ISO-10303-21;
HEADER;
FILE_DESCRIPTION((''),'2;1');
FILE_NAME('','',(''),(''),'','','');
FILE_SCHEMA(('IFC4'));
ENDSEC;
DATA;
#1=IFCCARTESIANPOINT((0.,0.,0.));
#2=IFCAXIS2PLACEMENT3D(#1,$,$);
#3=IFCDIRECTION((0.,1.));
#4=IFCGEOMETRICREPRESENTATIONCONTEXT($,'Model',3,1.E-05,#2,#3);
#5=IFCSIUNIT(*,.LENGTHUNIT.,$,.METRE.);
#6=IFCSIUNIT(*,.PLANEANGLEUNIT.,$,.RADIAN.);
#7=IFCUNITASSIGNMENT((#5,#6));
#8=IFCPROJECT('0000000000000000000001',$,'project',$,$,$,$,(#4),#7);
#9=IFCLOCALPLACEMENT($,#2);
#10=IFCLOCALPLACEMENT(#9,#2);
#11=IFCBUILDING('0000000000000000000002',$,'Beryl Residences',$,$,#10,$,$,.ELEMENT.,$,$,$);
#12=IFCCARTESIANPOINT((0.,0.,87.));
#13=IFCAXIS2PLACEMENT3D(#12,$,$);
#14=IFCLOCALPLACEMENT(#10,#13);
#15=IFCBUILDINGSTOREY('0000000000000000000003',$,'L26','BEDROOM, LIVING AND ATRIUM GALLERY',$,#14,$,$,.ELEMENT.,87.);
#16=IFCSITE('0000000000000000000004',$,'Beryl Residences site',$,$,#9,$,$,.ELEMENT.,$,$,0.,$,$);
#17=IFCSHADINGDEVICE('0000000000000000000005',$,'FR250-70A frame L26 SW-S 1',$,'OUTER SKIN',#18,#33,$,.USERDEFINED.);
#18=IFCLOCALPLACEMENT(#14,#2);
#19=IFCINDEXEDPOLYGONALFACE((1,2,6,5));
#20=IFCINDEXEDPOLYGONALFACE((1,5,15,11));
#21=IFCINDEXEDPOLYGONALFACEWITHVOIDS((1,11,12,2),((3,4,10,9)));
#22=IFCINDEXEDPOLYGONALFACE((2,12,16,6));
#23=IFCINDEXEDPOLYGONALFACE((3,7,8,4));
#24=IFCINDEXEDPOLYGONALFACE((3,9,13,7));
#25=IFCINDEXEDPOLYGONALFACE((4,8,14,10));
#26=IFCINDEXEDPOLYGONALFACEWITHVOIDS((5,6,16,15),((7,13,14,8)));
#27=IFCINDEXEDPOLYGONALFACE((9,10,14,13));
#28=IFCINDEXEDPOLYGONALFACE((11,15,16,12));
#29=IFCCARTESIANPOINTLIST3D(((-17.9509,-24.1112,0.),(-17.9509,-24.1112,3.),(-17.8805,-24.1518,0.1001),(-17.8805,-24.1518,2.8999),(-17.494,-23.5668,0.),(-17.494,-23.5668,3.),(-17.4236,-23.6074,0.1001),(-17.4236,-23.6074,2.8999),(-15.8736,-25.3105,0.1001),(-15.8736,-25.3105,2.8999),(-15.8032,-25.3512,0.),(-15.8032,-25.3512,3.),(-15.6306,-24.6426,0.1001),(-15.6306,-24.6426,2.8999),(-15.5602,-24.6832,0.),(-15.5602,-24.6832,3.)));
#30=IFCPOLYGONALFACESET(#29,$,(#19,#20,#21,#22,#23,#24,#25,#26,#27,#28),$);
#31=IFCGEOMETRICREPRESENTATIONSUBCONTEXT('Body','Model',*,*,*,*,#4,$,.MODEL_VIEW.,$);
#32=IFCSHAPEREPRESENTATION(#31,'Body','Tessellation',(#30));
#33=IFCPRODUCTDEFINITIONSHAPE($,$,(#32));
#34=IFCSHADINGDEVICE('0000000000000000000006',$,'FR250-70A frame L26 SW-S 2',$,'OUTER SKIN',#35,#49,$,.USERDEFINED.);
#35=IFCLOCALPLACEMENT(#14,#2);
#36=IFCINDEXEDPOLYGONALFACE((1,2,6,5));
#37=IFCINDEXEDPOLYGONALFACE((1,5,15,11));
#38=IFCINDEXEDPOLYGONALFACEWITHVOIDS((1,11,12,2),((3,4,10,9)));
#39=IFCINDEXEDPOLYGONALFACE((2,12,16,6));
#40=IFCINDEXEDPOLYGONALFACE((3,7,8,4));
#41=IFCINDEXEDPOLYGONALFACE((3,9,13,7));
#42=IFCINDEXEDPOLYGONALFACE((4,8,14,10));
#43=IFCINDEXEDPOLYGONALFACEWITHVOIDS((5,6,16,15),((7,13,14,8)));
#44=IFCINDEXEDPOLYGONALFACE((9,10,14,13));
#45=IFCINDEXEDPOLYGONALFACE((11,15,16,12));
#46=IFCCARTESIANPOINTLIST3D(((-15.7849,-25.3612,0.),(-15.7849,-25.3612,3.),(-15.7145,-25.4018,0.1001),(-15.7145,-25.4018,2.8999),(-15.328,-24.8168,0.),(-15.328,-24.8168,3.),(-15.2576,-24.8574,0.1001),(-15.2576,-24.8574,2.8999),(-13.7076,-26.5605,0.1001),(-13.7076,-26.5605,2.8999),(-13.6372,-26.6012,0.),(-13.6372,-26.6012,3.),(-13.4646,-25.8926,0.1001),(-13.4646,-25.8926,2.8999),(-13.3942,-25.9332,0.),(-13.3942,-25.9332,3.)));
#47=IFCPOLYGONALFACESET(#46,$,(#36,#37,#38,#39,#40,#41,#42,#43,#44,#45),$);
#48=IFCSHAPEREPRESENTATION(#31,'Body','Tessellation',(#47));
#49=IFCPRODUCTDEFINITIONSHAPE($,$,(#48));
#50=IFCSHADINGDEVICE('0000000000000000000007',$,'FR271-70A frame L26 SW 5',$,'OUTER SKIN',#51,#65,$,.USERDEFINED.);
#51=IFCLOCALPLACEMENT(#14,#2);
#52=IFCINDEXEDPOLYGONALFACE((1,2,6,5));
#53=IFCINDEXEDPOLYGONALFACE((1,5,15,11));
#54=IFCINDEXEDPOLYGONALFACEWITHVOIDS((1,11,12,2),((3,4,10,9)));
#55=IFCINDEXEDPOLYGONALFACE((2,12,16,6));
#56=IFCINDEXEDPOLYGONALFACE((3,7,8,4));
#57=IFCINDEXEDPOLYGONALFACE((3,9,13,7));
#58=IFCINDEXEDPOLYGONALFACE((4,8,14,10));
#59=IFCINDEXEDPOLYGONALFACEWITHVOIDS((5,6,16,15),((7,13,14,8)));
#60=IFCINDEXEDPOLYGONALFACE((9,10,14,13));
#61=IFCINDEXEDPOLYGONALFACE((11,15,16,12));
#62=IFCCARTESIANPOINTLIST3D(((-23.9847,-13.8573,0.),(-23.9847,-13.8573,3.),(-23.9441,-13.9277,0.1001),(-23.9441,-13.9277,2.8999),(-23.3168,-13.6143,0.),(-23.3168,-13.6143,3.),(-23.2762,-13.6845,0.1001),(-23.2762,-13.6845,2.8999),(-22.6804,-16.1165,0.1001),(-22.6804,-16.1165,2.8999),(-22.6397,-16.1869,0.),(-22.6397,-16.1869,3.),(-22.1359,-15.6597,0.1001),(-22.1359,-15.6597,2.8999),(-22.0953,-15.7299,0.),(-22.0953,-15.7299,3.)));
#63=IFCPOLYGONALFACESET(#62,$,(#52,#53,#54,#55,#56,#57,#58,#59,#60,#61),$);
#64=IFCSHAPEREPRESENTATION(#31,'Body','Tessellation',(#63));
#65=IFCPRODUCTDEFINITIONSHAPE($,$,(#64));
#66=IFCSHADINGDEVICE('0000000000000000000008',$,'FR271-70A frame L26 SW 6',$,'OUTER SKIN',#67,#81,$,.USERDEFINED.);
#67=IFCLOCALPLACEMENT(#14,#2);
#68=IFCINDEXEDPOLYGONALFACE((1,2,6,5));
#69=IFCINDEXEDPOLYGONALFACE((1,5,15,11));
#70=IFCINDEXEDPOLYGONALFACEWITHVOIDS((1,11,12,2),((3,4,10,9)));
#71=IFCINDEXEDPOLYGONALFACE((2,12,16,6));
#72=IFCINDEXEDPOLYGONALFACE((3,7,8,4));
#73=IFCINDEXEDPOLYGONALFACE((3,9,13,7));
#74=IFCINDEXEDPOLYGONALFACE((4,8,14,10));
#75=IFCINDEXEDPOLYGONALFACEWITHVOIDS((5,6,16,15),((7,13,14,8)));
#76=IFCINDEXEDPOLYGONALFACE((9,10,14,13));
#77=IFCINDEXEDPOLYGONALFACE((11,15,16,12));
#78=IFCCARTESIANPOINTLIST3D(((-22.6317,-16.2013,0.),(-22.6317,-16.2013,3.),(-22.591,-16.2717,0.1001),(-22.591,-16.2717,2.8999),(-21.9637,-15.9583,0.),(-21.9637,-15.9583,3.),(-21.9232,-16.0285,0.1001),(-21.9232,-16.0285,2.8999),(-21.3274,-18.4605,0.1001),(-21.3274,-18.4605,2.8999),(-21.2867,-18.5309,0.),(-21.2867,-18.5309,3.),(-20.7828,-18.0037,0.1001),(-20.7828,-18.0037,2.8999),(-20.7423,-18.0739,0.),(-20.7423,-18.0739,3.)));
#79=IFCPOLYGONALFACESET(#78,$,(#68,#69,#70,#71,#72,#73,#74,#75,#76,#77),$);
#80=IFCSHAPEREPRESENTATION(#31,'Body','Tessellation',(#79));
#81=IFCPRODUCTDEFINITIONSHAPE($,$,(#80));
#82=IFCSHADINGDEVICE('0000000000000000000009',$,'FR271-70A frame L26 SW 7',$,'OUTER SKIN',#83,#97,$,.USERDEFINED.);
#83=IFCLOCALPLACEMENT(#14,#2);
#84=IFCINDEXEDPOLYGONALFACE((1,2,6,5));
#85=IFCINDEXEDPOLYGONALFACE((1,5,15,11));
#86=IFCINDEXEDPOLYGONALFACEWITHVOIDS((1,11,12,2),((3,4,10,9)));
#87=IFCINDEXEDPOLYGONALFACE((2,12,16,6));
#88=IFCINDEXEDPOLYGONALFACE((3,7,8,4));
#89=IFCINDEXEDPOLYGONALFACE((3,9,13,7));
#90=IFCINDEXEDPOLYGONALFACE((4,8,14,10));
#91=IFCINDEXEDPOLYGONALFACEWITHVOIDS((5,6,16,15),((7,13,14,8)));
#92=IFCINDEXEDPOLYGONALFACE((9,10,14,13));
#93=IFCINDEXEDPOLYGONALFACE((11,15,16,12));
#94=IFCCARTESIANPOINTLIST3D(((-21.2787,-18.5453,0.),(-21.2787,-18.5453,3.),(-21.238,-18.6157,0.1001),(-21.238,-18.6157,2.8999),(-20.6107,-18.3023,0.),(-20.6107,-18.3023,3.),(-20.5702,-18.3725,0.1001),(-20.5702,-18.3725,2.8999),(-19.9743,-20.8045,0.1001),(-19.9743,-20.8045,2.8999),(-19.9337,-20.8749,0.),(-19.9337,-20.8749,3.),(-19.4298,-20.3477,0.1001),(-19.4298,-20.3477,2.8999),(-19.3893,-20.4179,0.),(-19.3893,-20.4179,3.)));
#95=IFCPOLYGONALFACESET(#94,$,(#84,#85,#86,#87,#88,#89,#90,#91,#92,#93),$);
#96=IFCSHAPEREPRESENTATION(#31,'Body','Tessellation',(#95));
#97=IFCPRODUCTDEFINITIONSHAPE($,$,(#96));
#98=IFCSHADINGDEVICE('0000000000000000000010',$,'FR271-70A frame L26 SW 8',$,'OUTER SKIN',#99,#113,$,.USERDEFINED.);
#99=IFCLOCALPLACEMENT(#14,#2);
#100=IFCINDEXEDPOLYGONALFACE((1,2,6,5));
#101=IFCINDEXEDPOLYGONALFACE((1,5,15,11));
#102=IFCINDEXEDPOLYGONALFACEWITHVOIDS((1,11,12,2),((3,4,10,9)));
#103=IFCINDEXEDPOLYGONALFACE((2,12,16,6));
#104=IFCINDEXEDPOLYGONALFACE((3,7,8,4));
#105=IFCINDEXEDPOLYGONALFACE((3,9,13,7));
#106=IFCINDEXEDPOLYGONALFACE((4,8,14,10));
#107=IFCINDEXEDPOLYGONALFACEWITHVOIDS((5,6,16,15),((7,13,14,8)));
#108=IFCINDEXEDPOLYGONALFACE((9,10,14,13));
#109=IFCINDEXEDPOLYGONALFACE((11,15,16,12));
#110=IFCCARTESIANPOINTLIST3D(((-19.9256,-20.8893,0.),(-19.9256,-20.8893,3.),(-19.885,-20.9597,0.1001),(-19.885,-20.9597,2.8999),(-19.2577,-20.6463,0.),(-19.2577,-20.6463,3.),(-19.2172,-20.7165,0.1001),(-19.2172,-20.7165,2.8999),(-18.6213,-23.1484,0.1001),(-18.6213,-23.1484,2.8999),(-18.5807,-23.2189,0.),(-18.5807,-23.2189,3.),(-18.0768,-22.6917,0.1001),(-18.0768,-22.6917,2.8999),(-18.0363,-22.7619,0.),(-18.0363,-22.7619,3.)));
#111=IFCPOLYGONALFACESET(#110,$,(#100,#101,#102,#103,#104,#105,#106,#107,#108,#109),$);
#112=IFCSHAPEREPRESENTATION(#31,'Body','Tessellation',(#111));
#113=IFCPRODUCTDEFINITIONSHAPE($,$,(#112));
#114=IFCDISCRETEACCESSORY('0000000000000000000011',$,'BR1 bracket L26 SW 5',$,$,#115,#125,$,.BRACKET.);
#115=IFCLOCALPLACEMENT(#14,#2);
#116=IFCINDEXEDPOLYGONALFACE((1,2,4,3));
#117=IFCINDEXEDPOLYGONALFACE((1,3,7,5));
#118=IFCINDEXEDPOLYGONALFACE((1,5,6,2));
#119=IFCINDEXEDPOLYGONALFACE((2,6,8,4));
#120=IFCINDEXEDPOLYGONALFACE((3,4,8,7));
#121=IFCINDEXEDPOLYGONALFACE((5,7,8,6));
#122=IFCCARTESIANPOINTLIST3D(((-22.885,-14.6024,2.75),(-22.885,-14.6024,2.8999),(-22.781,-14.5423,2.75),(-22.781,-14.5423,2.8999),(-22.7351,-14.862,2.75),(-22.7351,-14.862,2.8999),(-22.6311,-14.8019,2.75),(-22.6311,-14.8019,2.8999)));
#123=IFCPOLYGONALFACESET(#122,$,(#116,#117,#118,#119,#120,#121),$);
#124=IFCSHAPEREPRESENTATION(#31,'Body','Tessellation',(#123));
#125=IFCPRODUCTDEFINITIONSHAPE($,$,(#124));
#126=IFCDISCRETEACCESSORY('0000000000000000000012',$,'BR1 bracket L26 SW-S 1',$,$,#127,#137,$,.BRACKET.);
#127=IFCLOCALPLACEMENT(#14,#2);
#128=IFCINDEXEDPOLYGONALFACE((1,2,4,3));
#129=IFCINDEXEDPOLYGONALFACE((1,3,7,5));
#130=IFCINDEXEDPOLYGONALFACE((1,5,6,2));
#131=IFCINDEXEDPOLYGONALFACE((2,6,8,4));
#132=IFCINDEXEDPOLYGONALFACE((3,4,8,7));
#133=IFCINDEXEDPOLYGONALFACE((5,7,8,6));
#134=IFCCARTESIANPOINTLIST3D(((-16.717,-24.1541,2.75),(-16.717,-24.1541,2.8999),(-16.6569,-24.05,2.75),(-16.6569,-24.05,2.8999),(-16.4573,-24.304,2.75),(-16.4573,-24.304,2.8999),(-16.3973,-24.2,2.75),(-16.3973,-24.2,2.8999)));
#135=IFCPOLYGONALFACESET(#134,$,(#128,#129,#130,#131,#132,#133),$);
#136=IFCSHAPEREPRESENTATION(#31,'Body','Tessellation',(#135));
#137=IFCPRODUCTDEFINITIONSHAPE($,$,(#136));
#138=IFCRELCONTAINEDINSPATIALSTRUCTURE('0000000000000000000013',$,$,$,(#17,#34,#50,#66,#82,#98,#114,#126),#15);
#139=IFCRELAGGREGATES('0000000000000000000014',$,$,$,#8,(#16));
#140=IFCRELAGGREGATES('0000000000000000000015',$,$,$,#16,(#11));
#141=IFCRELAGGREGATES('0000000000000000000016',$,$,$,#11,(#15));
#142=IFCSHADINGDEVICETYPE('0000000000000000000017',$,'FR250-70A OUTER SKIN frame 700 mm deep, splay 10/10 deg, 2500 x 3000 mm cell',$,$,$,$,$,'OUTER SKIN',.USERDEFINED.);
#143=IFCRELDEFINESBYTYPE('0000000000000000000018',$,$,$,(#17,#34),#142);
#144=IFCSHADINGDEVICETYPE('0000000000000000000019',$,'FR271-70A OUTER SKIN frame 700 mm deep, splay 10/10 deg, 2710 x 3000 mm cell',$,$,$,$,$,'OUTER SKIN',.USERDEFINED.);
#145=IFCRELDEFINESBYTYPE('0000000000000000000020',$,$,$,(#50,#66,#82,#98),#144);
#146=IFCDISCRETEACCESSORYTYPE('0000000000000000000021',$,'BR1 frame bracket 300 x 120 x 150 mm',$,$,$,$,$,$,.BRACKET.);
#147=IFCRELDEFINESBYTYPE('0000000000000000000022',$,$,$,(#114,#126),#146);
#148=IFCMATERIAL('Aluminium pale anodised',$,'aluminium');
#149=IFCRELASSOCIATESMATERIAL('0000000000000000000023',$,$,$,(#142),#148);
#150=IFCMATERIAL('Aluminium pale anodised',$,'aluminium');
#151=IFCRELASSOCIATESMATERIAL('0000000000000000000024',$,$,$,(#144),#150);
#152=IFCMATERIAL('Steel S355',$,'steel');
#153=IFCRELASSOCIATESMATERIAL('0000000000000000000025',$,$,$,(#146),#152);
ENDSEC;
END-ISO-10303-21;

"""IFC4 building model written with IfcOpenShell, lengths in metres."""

from ifc_helpers import new_model, entity, si_unit, direction, frame, origin, place, context, subcontext, project, spatial, polyline, outline, extrude, source, transform, mapped, material, type_object, type_shapes, element, save


model = new_model("IFC4")

# Units and contexts
model_context = context("Model", 3, precision=1e-05, world=origin(), true_north=direction((0.0, 1.0)))
body_context = subcontext(model_context, "Body", "Model", "MODEL_VIEW")
ifc_project = project(units=[si_unit("LENGTHUNIT", "METRE"), si_unit("PLANEANGLEUNIT", "RADIAN")], contexts=[model_context])

# Site, building, storey
site_placement = place(None, origin())
site = spatial("IfcSite", under=ifc_project, at=site_placement, Name="Beryl Residences site", CompositionType="ELEMENT", RefElevation=0.0)
building_placement = place(site_placement, origin())
building = spatial("IfcBuilding", under=site, at=building_placement, Name="Beryl Residences", CompositionType="ELEMENT")
storey_placement = place(building_placement, frame((0.0, 0.0, 87.0)))
storey = spatial("IfcBuildingStorey", under=building, at=storey_placement, Name="L26", Description="BEDROOM, LIVING AND ATRIUM GALLERY", CompositionType="ELEMENT", Elevation=87.0)

# Shading devices
ifc_material_1 = material(Name="Aluminium pale anodised", Category="aluminium")
shading_device_type_1 = type_object("IfcShadingDeviceType", Name="FR250-70A OUTER SKIN frame 700 mm deep, splay 10/10 deg, 2500 x 3000 mm cell", ElementType="OUTER SKIN", PredefinedType="USERDEFINED", material=ifc_material_1)
cartesian_point_1 = entity("IfcCartesianPoint", [-1.1165, 0.0])
cartesian_point_2 = entity("IfcCartesianPoint", [-1.0352, 0.1001])
cartesian_point_3 = entity("IfcCartesianPoint", [-1.24, 0.0])
cartesian_point_4 = entity("IfcCartesianPoint", [-1.1587, 0.1001])
shared_shape_1 = source(origin(), body_context, "Body", "SweptSolid", [
    entity("IfcExtrudedAreaSolidTapered", entity("IfcArbitraryProfileDefWithVoids", "AREA", None, entity("IfcPolyline", [cartesian_point_1, entity("IfcCartesianPoint", [1.1165, 0.0]), entity("IfcCartesianPoint", [1.1165, 3.0]), entity("IfcCartesianPoint", [-1.1165, 3.0]), cartesian_point_1]), [entity("IfcPolyline", [cartesian_point_2, entity("IfcCartesianPoint", [1.0352, 0.1001]), entity("IfcCartesianPoint", [1.0352, 2.8999]), entity("IfcCartesianPoint", [-1.0352, 2.8999]), cartesian_point_2])]), entity("IfcAxis2Placement3D", entity("IfcCartesianPoint", [0.0, 0.0, 0.0]), entity("IfcDirection", [0.0, 1.0, 0.0]), entity("IfcDirection", [-1.0, 0.0, 0.0])), entity("IfcDirection", [0.0, 0.0, 1.0]), 0.7, entity("IfcArbitraryProfileDefWithVoids", "AREA", None, entity("IfcPolyline", [cartesian_point_3, entity("IfcCartesianPoint", [1.24, 0.0]), entity("IfcCartesianPoint", [1.24, 3.0]), entity("IfcCartesianPoint", [-1.24, 3.0]), cartesian_point_3]), [entity("IfcPolyline", [cartesian_point_4, entity("IfcCartesianPoint", [1.1587, 0.1001]), entity("IfcCartesianPoint", [1.1587, 2.8999]), entity("IfcCartesianPoint", [-1.1587, 2.8999]), cartesian_point_4])])),
])
type_shapes(shading_device_type_1, [shared_shape_1])
for number, where, z_axis, x_axis, name in (
    (1, (-16.5271, -24.125, 0.0), (0.0, 0.0, 1.0), (-0.866025, 0.5, 0.0), "FR250-70A frame L26 SW-S 1"),
    (2, (-14.3611, -25.375, 0.0), (0.0, 0.0, 1.0), (-0.866025, 0.5, 0.0), "FR250-70A frame L26 SW-S 2"),
):
    element("IfcShadingDevice", number, at=place(storey_placement, frame(where, z_axis=z_axis, x_axis=x_axis)), inside=storey, type_object=shading_device_type_1, Name=name, ObjectType="OUTER SKIN", PredefinedType="USERDEFINED", context=body_context, shape_type="MappedRepresentation", body=[
        mapped(shared_shape_1, transform((0.0, 0.0, 0.0))),
    ])
ifc_material_2 = material(Name="Aluminium pale anodised", Category="aluminium")
shading_device_type_2 = type_object("IfcShadingDeviceType", Name="FR271-70A OUTER SKIN frame 700 mm deep, splay 10/10 deg, 2710 x 3000 mm cell", ElementType="OUTER SKIN", PredefinedType="USERDEFINED", material=ifc_material_2)
cartesian_point_5 = entity("IfcCartesianPoint", [-1.2214, 0.0])
cartesian_point_6 = entity("IfcCartesianPoint", [-1.1404, 0.1001])
cartesian_point_7 = entity("IfcCartesianPoint", [-1.345, 0.0])
cartesian_point_8 = entity("IfcCartesianPoint", [-1.2637, 0.1001])
shared_shape_2 = source(origin(), body_context, "Body", "SweptSolid", [
    entity("IfcExtrudedAreaSolidTapered", entity("IfcArbitraryProfileDefWithVoids", "AREA", None, entity("IfcPolyline", [cartesian_point_5, entity("IfcCartesianPoint", [1.2214, 0.0]), entity("IfcCartesianPoint", [1.2214, 3.0]), entity("IfcCartesianPoint", [-1.2214, 3.0]), cartesian_point_5]), [entity("IfcPolyline", [cartesian_point_6, entity("IfcCartesianPoint", [1.1404, 0.1001]), entity("IfcCartesianPoint", [1.1404, 2.8999]), entity("IfcCartesianPoint", [-1.1404, 2.8999]), cartesian_point_6])]), entity("IfcAxis2Placement3D", entity("IfcCartesianPoint", [0.0, 0.0, 0.0]), entity("IfcDirection", [0.0, 1.0, 0.0]), entity("IfcDirection", [-1.0, 0.0, 0.0])), entity("IfcDirection", [0.0, 0.0, 1.0]), 0.7, entity("IfcArbitraryProfileDefWithVoids", "AREA", None, entity("IfcPolyline", [cartesian_point_7, entity("IfcCartesianPoint", [1.345, 0.0]), entity("IfcCartesianPoint", [1.345, 3.0]), entity("IfcCartesianPoint", [-1.345, 3.0]), cartesian_point_7]), [entity("IfcPolyline", [cartesian_point_8, entity("IfcCartesianPoint", [1.2637, 0.1001]), entity("IfcCartesianPoint", [1.2637, 2.8999]), entity("IfcCartesianPoint", [-1.2637, 2.8999]), cartesian_point_8])])),
])
type_shapes(shading_device_type_2, [shared_shape_2])
for number, where, z_axis, x_axis, name in (
    (3, (-22.7061, -14.6721, 0.0), (0.0, 0.0, 1.0), (-0.5, 0.866025, 0.0), "FR271-70A frame L26 SW 5"),
    (4, (-21.353, -17.0161, 0.0), (0.0, 0.0, 1.0), (-0.5, 0.866025, 0.0), "FR271-70A frame L26 SW 6"),
    (5, (-20.0, -19.3601, 0.0), (0.0, 0.0, 1.0), (-0.5, 0.866025, 0.0), "FR271-70A frame L26 SW 7"),
    (6, (-18.647, -21.7041, 0.0), (0.0, 0.0, 1.0), (-0.5, 0.866025, 0.0), "FR271-70A frame L26 SW 8"),
):
    element("IfcShadingDevice", number, at=place(storey_placement, frame(where, z_axis=z_axis, x_axis=x_axis)), inside=storey, type_object=shading_device_type_2, Name=name, ObjectType="OUTER SKIN", PredefinedType="USERDEFINED", context=body_context, shape_type="MappedRepresentation", body=[
        mapped(shared_shape_2, transform((0.0, 0.0, 0.0))),
    ])

# Discrete accessories
ifc_material_3 = material(Name="Steel S355", Category="steel")
discrete_accessory_type = type_object("IfcDiscreteAccessoryType", Name="BR1 frame bracket 300 x 120 x 150 mm", PredefinedType="BRACKET", material=ifc_material_3)
shared_shape_3 = source(origin(), body_context, "Body", "SweptSolid", [
    extrude(outline(polyline([(-0.1499, 0.0), (0.1499, 0.0), (0.1499, 0.1201), (-0.1499, 0.1201), (-0.1499, 0.0)])), origin(), (0.0, 0.0, 1.0), 0.1499),
])
type_shapes(discrete_accessory_type, [shared_shape_3])
for number, where, z_axis, x_axis, name in (
    (7, (-22.7061, -14.6721, 2.75), (0.0, 0.0, 1.0), (-0.5, 0.866025, 0.0), "BR1 bracket L26 SW 5"),
    (8, (-16.5271, -24.125, 2.75), (0.0, 0.0, 1.0), (-0.866025, 0.5, 0.0), "BR1 bracket L26 SW-S 1"),
):
    element("IfcDiscreteAccessory", number, at=place(storey_placement, frame(where, z_axis=z_axis, x_axis=x_axis)), inside=storey, type_object=discrete_accessory_type, Name=name, PredefinedType="BRACKET", context=body_context, shape_type="MappedRepresentation", body=[
        mapped(shared_shape_3, transform((0.0, 0.0, 0.0))),
    ])

save(model, "model.ifc")
